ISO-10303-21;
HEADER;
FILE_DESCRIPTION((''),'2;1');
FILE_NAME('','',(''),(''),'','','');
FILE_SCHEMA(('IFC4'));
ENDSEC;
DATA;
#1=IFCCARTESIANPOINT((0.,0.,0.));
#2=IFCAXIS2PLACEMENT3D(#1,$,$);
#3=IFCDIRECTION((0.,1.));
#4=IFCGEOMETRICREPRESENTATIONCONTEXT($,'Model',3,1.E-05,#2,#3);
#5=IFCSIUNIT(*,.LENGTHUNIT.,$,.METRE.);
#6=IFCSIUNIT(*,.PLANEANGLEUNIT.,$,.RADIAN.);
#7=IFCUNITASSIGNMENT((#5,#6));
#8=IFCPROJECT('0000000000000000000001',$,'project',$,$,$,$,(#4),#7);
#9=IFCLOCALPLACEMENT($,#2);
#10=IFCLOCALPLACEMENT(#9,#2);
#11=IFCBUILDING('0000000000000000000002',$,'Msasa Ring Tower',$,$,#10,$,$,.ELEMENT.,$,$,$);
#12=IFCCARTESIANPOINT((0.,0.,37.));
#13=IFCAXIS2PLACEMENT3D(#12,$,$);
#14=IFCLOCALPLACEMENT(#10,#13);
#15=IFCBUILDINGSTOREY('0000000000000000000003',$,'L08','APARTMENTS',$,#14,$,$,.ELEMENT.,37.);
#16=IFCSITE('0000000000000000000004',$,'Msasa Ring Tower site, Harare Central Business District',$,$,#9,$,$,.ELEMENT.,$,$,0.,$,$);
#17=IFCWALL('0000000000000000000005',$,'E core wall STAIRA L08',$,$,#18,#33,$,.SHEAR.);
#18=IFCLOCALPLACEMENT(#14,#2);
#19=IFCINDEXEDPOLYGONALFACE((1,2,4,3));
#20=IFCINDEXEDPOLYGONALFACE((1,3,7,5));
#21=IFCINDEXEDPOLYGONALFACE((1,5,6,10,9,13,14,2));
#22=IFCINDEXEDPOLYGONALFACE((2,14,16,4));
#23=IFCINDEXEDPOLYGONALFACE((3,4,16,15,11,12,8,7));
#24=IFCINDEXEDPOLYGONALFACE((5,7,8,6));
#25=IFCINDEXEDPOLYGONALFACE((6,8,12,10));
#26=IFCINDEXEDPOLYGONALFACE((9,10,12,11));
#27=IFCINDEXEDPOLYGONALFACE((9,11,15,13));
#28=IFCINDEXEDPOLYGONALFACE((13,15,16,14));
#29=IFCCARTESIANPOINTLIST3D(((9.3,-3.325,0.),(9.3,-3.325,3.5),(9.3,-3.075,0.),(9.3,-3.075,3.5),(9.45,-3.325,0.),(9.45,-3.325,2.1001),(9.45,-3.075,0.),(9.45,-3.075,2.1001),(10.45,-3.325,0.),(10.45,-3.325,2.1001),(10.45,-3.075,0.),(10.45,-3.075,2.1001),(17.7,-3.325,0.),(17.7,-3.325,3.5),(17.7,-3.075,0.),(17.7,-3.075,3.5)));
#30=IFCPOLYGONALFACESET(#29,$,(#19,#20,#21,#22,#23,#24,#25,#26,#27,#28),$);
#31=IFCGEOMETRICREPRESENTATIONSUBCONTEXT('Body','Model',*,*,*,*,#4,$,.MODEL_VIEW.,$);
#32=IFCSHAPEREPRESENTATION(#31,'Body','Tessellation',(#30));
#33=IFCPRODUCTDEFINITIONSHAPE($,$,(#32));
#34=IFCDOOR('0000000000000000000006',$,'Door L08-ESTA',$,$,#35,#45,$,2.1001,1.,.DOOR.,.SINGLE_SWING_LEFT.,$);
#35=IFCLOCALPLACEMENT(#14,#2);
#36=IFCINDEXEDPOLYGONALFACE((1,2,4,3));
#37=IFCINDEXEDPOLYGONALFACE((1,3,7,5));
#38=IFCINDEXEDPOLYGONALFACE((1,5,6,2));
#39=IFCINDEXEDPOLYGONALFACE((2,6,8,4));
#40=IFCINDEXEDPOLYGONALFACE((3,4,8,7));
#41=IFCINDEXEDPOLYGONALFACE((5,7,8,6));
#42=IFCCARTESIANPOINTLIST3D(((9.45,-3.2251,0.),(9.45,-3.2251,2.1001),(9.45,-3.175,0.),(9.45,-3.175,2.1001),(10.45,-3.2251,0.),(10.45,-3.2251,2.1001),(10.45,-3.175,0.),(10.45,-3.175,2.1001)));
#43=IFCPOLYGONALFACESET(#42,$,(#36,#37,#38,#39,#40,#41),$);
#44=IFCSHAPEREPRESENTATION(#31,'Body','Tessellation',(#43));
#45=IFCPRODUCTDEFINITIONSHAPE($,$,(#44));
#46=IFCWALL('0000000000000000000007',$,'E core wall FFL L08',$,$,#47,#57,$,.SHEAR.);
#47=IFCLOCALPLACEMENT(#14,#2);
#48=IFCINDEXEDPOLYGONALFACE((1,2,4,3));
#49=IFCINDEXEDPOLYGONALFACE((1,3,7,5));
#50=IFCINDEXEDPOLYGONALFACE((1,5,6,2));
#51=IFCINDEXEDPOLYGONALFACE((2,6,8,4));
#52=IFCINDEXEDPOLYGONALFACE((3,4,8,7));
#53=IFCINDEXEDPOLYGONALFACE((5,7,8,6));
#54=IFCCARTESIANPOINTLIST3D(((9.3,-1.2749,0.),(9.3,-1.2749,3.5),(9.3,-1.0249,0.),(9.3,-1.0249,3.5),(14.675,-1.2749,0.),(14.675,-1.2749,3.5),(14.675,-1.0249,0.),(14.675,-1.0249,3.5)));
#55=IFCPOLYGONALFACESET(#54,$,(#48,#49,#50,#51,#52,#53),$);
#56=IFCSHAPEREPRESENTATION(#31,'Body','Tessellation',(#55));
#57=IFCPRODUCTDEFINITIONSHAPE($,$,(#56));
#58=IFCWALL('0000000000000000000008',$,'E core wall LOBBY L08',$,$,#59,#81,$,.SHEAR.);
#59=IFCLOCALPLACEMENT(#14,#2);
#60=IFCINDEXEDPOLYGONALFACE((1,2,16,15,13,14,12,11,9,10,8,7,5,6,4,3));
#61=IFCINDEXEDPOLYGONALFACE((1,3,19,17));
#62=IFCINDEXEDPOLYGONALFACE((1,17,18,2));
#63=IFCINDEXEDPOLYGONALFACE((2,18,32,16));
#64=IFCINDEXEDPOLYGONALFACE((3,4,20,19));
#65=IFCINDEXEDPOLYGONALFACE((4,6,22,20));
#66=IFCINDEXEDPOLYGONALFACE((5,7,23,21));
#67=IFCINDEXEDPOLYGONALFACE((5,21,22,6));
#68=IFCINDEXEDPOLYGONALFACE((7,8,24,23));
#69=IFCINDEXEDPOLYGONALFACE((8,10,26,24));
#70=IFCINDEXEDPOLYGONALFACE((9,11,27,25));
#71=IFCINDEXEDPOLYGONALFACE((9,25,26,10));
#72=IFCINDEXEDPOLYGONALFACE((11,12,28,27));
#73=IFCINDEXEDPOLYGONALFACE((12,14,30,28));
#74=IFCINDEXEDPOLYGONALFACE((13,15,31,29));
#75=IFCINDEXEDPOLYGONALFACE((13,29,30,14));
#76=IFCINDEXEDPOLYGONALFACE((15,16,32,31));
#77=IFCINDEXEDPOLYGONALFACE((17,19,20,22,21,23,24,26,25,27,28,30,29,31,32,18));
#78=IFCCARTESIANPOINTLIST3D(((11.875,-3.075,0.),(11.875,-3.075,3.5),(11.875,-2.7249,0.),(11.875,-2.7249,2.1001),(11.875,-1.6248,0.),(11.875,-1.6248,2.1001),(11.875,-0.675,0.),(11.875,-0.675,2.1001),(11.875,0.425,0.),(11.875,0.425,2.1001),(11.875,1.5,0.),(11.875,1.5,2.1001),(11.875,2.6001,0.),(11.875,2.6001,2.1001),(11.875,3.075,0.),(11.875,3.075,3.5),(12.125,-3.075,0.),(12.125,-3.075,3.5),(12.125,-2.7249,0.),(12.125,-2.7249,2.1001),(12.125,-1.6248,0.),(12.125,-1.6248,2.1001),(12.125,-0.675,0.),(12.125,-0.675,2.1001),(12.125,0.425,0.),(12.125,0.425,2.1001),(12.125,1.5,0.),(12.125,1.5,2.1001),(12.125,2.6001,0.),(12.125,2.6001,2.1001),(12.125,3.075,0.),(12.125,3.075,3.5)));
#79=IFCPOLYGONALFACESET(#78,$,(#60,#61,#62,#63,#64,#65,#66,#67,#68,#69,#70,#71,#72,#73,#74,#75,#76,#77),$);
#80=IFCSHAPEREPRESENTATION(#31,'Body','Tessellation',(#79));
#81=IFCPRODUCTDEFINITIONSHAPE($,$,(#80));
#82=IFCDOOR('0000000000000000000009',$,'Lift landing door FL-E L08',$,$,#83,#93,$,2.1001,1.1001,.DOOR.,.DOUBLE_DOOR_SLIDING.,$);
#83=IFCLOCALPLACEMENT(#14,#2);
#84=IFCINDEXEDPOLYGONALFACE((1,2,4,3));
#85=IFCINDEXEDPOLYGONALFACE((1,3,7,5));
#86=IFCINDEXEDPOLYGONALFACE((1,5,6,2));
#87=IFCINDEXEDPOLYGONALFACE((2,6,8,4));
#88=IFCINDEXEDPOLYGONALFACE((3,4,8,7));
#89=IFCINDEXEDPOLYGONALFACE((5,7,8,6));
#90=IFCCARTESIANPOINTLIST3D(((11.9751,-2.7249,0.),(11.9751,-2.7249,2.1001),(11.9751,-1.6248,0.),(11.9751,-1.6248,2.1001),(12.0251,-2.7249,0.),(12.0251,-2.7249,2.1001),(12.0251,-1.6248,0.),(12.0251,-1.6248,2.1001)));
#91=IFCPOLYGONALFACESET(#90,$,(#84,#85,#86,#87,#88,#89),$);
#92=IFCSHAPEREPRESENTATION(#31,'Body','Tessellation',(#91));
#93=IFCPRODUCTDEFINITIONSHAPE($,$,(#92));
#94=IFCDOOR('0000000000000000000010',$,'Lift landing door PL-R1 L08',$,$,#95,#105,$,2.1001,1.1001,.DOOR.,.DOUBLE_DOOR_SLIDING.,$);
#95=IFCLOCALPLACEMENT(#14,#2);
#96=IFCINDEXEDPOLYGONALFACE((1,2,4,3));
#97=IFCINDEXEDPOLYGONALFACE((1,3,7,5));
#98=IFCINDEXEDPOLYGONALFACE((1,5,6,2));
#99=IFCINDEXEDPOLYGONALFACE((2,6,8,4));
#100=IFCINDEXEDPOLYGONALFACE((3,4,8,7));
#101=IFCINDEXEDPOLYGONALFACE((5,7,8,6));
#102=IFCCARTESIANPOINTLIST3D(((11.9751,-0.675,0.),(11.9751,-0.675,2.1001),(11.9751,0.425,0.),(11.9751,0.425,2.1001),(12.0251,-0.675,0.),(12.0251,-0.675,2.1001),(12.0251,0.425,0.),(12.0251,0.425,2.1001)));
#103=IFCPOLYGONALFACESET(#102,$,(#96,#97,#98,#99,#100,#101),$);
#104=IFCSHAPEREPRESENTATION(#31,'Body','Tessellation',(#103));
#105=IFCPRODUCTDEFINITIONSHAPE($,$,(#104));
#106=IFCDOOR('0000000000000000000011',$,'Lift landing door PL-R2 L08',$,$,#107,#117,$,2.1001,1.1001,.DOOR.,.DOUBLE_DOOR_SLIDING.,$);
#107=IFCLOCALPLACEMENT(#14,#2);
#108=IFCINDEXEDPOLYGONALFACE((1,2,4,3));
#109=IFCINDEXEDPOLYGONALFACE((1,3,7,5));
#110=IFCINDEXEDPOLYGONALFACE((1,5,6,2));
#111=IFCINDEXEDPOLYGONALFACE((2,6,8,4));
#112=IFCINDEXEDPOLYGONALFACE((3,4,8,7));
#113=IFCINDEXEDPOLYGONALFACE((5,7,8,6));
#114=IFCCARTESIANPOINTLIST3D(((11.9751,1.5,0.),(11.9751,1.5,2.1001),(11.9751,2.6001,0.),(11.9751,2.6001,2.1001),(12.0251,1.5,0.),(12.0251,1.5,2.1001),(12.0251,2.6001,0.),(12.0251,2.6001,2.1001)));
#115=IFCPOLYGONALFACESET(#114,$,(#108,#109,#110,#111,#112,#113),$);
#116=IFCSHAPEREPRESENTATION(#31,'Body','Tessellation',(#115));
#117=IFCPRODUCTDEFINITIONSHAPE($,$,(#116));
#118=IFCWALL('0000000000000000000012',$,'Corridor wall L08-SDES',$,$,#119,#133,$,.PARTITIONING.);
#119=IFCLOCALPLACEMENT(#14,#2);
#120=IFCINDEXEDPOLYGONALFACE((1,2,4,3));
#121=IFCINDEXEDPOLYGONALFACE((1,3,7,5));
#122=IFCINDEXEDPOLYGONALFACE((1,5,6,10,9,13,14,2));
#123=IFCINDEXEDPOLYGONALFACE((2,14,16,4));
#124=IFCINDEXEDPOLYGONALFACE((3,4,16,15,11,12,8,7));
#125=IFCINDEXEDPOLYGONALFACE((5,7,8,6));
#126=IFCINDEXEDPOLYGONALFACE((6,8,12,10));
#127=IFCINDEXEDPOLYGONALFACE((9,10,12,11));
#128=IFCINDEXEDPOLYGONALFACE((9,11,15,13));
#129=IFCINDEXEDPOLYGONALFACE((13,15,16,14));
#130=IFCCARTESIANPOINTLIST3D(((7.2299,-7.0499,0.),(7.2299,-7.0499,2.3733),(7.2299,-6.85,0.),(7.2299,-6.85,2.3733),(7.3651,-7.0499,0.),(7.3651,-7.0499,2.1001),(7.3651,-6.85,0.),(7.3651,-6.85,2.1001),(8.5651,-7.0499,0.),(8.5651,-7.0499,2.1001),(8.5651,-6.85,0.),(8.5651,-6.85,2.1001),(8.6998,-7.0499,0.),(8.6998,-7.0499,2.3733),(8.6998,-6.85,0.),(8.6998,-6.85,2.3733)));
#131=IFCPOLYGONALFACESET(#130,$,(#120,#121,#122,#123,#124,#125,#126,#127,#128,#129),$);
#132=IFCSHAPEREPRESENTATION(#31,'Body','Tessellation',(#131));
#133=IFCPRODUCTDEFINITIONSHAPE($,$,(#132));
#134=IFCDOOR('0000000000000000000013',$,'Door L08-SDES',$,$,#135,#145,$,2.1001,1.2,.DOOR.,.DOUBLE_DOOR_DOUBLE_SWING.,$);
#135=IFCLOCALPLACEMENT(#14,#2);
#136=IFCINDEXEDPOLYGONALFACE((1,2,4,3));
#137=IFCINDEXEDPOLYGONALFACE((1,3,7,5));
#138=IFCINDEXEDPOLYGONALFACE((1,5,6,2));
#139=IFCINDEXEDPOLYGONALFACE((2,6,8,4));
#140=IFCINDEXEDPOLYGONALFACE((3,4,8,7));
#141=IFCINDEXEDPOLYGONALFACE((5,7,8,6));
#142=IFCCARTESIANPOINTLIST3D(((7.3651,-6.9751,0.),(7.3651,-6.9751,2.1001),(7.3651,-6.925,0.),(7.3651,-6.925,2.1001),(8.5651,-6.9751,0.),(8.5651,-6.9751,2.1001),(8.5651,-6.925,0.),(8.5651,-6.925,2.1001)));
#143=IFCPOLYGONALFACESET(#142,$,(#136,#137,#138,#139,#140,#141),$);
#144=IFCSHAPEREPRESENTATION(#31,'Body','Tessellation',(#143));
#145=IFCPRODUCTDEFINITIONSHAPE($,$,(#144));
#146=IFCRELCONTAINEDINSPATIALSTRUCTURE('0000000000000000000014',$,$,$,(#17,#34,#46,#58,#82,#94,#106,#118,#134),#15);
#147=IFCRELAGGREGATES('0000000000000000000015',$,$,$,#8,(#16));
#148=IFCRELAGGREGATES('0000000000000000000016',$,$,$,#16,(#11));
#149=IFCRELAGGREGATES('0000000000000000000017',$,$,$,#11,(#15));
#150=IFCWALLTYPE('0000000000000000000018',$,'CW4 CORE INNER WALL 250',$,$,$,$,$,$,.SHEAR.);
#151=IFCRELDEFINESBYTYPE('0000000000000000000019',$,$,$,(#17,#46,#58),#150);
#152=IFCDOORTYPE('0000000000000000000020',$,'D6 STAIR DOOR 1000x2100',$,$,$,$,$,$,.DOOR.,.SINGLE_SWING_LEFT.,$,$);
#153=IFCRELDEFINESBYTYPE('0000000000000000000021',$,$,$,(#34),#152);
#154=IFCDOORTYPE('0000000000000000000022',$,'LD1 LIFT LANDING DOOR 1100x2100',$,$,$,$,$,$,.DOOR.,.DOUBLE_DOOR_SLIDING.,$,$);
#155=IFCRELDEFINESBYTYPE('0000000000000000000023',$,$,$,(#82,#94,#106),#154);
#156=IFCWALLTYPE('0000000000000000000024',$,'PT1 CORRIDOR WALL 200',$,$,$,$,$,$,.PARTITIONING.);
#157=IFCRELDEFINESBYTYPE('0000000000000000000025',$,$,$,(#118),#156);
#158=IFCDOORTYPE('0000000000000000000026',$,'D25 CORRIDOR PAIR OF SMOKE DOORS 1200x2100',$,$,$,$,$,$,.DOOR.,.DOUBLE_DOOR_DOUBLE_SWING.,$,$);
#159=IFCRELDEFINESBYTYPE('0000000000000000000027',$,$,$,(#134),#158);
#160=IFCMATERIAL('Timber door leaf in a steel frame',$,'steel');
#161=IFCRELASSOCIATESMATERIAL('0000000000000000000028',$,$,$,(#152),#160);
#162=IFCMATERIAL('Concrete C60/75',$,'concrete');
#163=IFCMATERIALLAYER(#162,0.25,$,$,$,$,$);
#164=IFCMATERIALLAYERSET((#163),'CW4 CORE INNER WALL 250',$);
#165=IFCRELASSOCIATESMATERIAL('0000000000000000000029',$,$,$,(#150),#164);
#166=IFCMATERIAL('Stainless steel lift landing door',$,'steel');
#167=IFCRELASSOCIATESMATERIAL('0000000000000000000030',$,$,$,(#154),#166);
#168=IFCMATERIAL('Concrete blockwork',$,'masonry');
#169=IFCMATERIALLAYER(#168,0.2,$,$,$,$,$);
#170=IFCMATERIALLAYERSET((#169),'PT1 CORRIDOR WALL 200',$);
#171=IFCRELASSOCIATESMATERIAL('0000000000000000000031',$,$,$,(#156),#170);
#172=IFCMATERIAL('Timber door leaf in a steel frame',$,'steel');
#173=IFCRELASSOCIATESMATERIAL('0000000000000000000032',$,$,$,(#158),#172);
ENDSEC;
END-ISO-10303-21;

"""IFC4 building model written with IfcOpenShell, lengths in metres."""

from ifc_helpers import new_model, si_unit, direction, frame, frame_2d, origin, place, context, subcontext, project, spatial, rectangle, extrude, material, layer, layer_set, type_object, element, fill, save


model = new_model("IFC4")

# Units and contexts
model_context = context("Model", 3, precision=1e-05, world=origin(), true_north=direction((0.0, 1.0)))
body_context = subcontext(model_context, "Body", "Model", "MODEL_VIEW")
ifc_project = project(units=[si_unit("LENGTHUNIT", "METRE"), si_unit("PLANEANGLEUNIT", "RADIAN")], contexts=[model_context])

# Site, building, storey
site_placement = place(None, origin())
site = spatial("IfcSite", under=ifc_project, at=site_placement, Name="Msasa Ring Tower site, Harare Central Business District", CompositionType="ELEMENT", RefElevation=0.0)
building_placement = place(site_placement, origin())
building = spatial("IfcBuilding", under=site, at=building_placement, Name="Msasa Ring Tower", CompositionType="ELEMENT")
storey_placement = place(building_placement, frame((0.0, 0.0, 37.0)))
storey = spatial("IfcBuildingStorey", under=building, at=storey_placement, Name="L08", Description="APARTMENTS", CompositionType="ELEMENT", Elevation=37.0)

# Shared definitions
ifc_material_1 = material(Name="Timber door leaf in a steel frame", Category="steel")
door_type_1 = type_object("IfcDoorType", Name="D6 STAIR DOOR 1000x2100", OperationType="SINGLE_SWING_LEFT", PredefinedType="DOOR", material=ifc_material_1)

# Wall, opening, door
ifc_material_2 = material(Name="Concrete C60/75", Category="concrete")
ifc_layer_1 = layer(ifc_material_2, 0.25)
ifc_layer_set_1 = layer_set([ifc_layer_1], Name="CW4 CORE INNER WALL 250")
wall_type_1 = type_object("IfcWallType", Name="CW4 CORE INNER WALL 250", PredefinedType="SHEAR", material=ifc_layer_set_1)
wall_1_placement = place(storey_placement, frame((9.3, -3.2, 0.0), z_axis=(0.0, 0.0, 1.0), x_axis=(1.0, 0.0, 0.0)))
wall_1 = element("IfcWall", 1, at=wall_1_placement, inside=storey, type_object=wall_type_1, Name="E core wall STAIRA L08", PredefinedType="SHEAR", context=body_context, shape_type="SweptSolid", body=[
    extrude(rectangle(XDim=8.3999, YDim=0.25, at=frame_2d((4.2, 0.0))), origin(), (0.0, 0.0, 1.0), 3.5),
])
opening_1_placement = place(wall_1_placement, frame((0.1499, 0.0, 0.0)))
opening_1 = element("IfcOpeningElement", 2, at=opening_1_placement, cuts=wall_1, PredefinedType="OPENING", context=body_context, shape_type="SweptSolid", body=[
    extrude(rectangle(XDim=1.0, YDim=2.1001, at=frame_2d((0.5, 1.05))), frame((0.0, 0.135, 0.0), z_axis=(0.0, -1.0, 0.0), x_axis=(1.0, 0.0, 0.0)), (0.0, 0.0, 1.0), 0.27),
])
door_1_placement = place(opening_1_placement, origin())
door_1 = element("IfcDoor", 3, at=door_1_placement, inside=storey, type_object=door_type_1, Name="Door L08-ESTA", OperationType="SINGLE_SWING_LEFT", OverallHeight=2.1001, OverallWidth=1.0, PredefinedType="DOOR", context=body_context, shape_type="SweptSolid", body=[
    extrude(rectangle(XDim=1.0, YDim=2.1001, at=frame_2d((0.5, 1.05))), frame((0.0, 0.0249, 0.0), z_axis=(0.0, -1.0, 0.0), x_axis=(1.0, 0.0, 0.0)), (0.0, 0.0, 1.0), 0.05),
])
fill(opening_1, door_1)

# Wall
wall_2_placement = place(storey_placement, frame((9.3, -1.1499, 0.0), z_axis=(0.0, 0.0, 1.0), x_axis=(1.0, 0.0, 0.0)))
element("IfcWall", 4, at=wall_2_placement, inside=storey, type_object=wall_type_1, Name="E core wall FFL L08", PredefinedType="SHEAR", context=body_context, shape_type="SweptSolid", body=[
    extrude(rectangle(XDim=5.375, YDim=0.25, at=frame_2d((2.6875, 0.0))), origin(), (0.0, 0.0, 1.0), 3.5),
])

# Wall, openings, doors
wall_3_placement = place(storey_placement, frame((12.0, -3.075, 0.0), z_axis=(0.0, 0.0, 1.0), x_axis=(0.0, 1.0, 0.0)))
wall_3 = element("IfcWall", 5, at=wall_3_placement, inside=storey, type_object=wall_type_1, Name="E core wall LOBBY L08", PredefinedType="SHEAR", context=body_context, shape_type="SweptSolid", body=[
    extrude(rectangle(XDim=6.1499, YDim=0.25, at=frame_2d((3.075, 0.0))), origin(), (0.0, 0.0, 1.0), 3.5),
])
opening_2_placement = place(wall_3_placement, frame((0.3501, 0.0, 0.0)))
opening_2 = element("IfcOpeningElement", 6, at=opening_2_placement, cuts=wall_3, PredefinedType="OPENING", context=body_context, shape_type="SweptSolid", body=[
    extrude(rectangle(XDim=1.1001, YDim=2.1001, at=frame_2d((0.55, 1.05))), frame((0.0, 0.135, 0.0), z_axis=(0.0, -1.0, 0.0), x_axis=(1.0, 0.0, 0.0)), (0.0, 0.0, 1.0), 0.27),
])
opening_3_placement = place(wall_3_placement, frame((2.3999, 0.0, 0.0)))
opening_3 = element("IfcOpeningElement", 7, at=opening_3_placement, cuts=wall_3, PredefinedType="OPENING", context=body_context, shape_type="SweptSolid", body=[
    extrude(rectangle(XDim=1.1001, YDim=2.1001, at=frame_2d((0.55, 1.05))), frame((0.0, 0.135, 0.0), z_axis=(0.0, -1.0, 0.0), x_axis=(1.0, 0.0, 0.0)), (0.0, 0.0, 1.0), 0.27),
])
opening_4_placement = place(wall_3_placement, frame((4.575, 0.0, 0.0)))
opening_4 = element("IfcOpeningElement", 8, at=opening_4_placement, cuts=wall_3, PredefinedType="OPENING", context=body_context, shape_type="SweptSolid", body=[
    extrude(rectangle(XDim=1.1001, YDim=2.1001, at=frame_2d((0.55, 1.05))), frame((0.0, 0.135, 0.0), z_axis=(0.0, -1.0, 0.0), x_axis=(1.0, 0.0, 0.0)), (0.0, 0.0, 1.0), 0.27),
])
ifc_material_3 = material(Name="Stainless steel lift landing door", Category="steel")
door_type_2 = type_object("IfcDoorType", Name="LD1 LIFT LANDING DOOR 1100x2100", OperationType="DOUBLE_DOOR_SLIDING", PredefinedType="DOOR", material=ifc_material_3)
door_2_placement = place(opening_2_placement, origin())
door_2 = element("IfcDoor", 9, at=door_2_placement, inside=storey, type_object=door_type_2, Name="Lift landing door FL-E L08", OperationType="DOUBLE_DOOR_SLIDING", OverallHeight=2.1001, OverallWidth=1.1001, PredefinedType="DOOR", context=body_context, shape_type="SweptSolid", body=[
    extrude(rectangle(XDim=1.1001, YDim=2.1001, at=frame_2d((0.55, 1.05))), frame((0.0, 0.0249, 0.0), z_axis=(0.0, -1.0, 0.0), x_axis=(1.0, 0.0, 0.0)), (0.0, 0.0, 1.0), 0.05),
])
fill(opening_2, door_2)
door_3_placement = place(opening_3_placement, origin())
door_3 = element("IfcDoor", 10, at=door_3_placement, inside=storey, type_object=door_type_2, Name="Lift landing door PL-R1 L08", OperationType="DOUBLE_DOOR_SLIDING", OverallHeight=2.1001, OverallWidth=1.1001, PredefinedType="DOOR", context=body_context, shape_type="SweptSolid", body=[
    extrude(rectangle(XDim=1.1001, YDim=2.1001, at=frame_2d((0.55, 1.05))), frame((0.0, 0.0249, 0.0), z_axis=(0.0, -1.0, 0.0), x_axis=(1.0, 0.0, 0.0)), (0.0, 0.0, 1.0), 0.05),
])
fill(opening_3, door_3)
door_4_placement = place(opening_4_placement, origin())
door_4 = element("IfcDoor", 11, at=door_4_placement, inside=storey, type_object=door_type_2, Name="Lift landing door PL-R2 L08", OperationType="DOUBLE_DOOR_SLIDING", OverallHeight=2.1001, OverallWidth=1.1001, PredefinedType="DOOR", context=body_context, shape_type="SweptSolid", body=[
    extrude(rectangle(XDim=1.1001, YDim=2.1001, at=frame_2d((0.55, 1.05))), frame((0.0, 0.0249, 0.0), z_axis=(0.0, -1.0, 0.0), x_axis=(1.0, 0.0, 0.0)), (0.0, 0.0, 1.0), 0.05),
])
fill(opening_4, door_4)

# Wall, opening, door
ifc_material_4 = material(Name="Concrete blockwork", Category="masonry")
ifc_layer_2 = layer(ifc_material_4, 0.2)
ifc_layer_set_2 = layer_set([ifc_layer_2], Name="PT1 CORRIDOR WALL 200")
wall_type_2 = type_object("IfcWallType", Name="PT1 CORRIDOR WALL 200", PredefinedType="PARTITIONING", material=ifc_layer_set_2)
wall_4_placement = place(storey_placement, frame((7.23, -6.95, 0.0), z_axis=(0.0, 0.0, 1.0), x_axis=(1.0, 0.0, 0.0)))
wall_4 = element("IfcWall", 12, at=wall_4_placement, inside=storey, type_object=wall_type_2, Name="Corridor wall L08-SDES", PredefinedType="PARTITIONING", context=body_context, shape_type="SweptSolid", body=[
    extrude(rectangle(XDim=1.47, YDim=0.2, at=frame_2d((0.7349, 0.0))), origin(), (0.0, 0.0, 1.0), 2.3733),
])
opening_5_placement = place(wall_4_placement, frame((0.135, 0.0, 0.0)))
opening_5 = element("IfcOpeningElement", 13, at=opening_5_placement, cuts=wall_4, PredefinedType="OPENING", context=body_context, shape_type="SweptSolid", body=[
    extrude(rectangle(XDim=1.2, YDim=2.1001, at=frame_2d((0.6001, 1.05))), frame((0.0, 0.1099, 0.0), z_axis=(0.0, -1.0, 0.0), x_axis=(1.0, 0.0, 0.0)), (0.0, 0.0, 1.0), 0.22),
])
ifc_material_5 = material(Name="Timber door leaf in a steel frame", Category="steel")
door_type_3 = type_object("IfcDoorType", Name="D25 CORRIDOR PAIR OF SMOKE DOORS 1200x2100", OperationType="DOUBLE_DOOR_DOUBLE_SWING", PredefinedType="DOOR", material=ifc_material_5)
door_5_placement = place(opening_5_placement, origin())
door_5 = element("IfcDoor", 14, at=door_5_placement, inside=storey, type_object=door_type_3, Name="Door L08-SDES", OperationType="DOUBLE_DOOR_DOUBLE_SWING", OverallHeight=2.1001, OverallWidth=1.2, PredefinedType="DOOR", context=body_context, shape_type="SweptSolid", body=[
    extrude(rectangle(XDim=1.2, YDim=2.1001, at=frame_2d((0.6001, 1.05))), frame((0.0, 0.0249, 0.0), z_axis=(0.0, -1.0, 0.0), x_axis=(1.0, 0.0, 0.0)), (0.0, 0.0, 1.0), 0.05),
])
fill(opening_5, door_5)

save(model, "model.ifc")
